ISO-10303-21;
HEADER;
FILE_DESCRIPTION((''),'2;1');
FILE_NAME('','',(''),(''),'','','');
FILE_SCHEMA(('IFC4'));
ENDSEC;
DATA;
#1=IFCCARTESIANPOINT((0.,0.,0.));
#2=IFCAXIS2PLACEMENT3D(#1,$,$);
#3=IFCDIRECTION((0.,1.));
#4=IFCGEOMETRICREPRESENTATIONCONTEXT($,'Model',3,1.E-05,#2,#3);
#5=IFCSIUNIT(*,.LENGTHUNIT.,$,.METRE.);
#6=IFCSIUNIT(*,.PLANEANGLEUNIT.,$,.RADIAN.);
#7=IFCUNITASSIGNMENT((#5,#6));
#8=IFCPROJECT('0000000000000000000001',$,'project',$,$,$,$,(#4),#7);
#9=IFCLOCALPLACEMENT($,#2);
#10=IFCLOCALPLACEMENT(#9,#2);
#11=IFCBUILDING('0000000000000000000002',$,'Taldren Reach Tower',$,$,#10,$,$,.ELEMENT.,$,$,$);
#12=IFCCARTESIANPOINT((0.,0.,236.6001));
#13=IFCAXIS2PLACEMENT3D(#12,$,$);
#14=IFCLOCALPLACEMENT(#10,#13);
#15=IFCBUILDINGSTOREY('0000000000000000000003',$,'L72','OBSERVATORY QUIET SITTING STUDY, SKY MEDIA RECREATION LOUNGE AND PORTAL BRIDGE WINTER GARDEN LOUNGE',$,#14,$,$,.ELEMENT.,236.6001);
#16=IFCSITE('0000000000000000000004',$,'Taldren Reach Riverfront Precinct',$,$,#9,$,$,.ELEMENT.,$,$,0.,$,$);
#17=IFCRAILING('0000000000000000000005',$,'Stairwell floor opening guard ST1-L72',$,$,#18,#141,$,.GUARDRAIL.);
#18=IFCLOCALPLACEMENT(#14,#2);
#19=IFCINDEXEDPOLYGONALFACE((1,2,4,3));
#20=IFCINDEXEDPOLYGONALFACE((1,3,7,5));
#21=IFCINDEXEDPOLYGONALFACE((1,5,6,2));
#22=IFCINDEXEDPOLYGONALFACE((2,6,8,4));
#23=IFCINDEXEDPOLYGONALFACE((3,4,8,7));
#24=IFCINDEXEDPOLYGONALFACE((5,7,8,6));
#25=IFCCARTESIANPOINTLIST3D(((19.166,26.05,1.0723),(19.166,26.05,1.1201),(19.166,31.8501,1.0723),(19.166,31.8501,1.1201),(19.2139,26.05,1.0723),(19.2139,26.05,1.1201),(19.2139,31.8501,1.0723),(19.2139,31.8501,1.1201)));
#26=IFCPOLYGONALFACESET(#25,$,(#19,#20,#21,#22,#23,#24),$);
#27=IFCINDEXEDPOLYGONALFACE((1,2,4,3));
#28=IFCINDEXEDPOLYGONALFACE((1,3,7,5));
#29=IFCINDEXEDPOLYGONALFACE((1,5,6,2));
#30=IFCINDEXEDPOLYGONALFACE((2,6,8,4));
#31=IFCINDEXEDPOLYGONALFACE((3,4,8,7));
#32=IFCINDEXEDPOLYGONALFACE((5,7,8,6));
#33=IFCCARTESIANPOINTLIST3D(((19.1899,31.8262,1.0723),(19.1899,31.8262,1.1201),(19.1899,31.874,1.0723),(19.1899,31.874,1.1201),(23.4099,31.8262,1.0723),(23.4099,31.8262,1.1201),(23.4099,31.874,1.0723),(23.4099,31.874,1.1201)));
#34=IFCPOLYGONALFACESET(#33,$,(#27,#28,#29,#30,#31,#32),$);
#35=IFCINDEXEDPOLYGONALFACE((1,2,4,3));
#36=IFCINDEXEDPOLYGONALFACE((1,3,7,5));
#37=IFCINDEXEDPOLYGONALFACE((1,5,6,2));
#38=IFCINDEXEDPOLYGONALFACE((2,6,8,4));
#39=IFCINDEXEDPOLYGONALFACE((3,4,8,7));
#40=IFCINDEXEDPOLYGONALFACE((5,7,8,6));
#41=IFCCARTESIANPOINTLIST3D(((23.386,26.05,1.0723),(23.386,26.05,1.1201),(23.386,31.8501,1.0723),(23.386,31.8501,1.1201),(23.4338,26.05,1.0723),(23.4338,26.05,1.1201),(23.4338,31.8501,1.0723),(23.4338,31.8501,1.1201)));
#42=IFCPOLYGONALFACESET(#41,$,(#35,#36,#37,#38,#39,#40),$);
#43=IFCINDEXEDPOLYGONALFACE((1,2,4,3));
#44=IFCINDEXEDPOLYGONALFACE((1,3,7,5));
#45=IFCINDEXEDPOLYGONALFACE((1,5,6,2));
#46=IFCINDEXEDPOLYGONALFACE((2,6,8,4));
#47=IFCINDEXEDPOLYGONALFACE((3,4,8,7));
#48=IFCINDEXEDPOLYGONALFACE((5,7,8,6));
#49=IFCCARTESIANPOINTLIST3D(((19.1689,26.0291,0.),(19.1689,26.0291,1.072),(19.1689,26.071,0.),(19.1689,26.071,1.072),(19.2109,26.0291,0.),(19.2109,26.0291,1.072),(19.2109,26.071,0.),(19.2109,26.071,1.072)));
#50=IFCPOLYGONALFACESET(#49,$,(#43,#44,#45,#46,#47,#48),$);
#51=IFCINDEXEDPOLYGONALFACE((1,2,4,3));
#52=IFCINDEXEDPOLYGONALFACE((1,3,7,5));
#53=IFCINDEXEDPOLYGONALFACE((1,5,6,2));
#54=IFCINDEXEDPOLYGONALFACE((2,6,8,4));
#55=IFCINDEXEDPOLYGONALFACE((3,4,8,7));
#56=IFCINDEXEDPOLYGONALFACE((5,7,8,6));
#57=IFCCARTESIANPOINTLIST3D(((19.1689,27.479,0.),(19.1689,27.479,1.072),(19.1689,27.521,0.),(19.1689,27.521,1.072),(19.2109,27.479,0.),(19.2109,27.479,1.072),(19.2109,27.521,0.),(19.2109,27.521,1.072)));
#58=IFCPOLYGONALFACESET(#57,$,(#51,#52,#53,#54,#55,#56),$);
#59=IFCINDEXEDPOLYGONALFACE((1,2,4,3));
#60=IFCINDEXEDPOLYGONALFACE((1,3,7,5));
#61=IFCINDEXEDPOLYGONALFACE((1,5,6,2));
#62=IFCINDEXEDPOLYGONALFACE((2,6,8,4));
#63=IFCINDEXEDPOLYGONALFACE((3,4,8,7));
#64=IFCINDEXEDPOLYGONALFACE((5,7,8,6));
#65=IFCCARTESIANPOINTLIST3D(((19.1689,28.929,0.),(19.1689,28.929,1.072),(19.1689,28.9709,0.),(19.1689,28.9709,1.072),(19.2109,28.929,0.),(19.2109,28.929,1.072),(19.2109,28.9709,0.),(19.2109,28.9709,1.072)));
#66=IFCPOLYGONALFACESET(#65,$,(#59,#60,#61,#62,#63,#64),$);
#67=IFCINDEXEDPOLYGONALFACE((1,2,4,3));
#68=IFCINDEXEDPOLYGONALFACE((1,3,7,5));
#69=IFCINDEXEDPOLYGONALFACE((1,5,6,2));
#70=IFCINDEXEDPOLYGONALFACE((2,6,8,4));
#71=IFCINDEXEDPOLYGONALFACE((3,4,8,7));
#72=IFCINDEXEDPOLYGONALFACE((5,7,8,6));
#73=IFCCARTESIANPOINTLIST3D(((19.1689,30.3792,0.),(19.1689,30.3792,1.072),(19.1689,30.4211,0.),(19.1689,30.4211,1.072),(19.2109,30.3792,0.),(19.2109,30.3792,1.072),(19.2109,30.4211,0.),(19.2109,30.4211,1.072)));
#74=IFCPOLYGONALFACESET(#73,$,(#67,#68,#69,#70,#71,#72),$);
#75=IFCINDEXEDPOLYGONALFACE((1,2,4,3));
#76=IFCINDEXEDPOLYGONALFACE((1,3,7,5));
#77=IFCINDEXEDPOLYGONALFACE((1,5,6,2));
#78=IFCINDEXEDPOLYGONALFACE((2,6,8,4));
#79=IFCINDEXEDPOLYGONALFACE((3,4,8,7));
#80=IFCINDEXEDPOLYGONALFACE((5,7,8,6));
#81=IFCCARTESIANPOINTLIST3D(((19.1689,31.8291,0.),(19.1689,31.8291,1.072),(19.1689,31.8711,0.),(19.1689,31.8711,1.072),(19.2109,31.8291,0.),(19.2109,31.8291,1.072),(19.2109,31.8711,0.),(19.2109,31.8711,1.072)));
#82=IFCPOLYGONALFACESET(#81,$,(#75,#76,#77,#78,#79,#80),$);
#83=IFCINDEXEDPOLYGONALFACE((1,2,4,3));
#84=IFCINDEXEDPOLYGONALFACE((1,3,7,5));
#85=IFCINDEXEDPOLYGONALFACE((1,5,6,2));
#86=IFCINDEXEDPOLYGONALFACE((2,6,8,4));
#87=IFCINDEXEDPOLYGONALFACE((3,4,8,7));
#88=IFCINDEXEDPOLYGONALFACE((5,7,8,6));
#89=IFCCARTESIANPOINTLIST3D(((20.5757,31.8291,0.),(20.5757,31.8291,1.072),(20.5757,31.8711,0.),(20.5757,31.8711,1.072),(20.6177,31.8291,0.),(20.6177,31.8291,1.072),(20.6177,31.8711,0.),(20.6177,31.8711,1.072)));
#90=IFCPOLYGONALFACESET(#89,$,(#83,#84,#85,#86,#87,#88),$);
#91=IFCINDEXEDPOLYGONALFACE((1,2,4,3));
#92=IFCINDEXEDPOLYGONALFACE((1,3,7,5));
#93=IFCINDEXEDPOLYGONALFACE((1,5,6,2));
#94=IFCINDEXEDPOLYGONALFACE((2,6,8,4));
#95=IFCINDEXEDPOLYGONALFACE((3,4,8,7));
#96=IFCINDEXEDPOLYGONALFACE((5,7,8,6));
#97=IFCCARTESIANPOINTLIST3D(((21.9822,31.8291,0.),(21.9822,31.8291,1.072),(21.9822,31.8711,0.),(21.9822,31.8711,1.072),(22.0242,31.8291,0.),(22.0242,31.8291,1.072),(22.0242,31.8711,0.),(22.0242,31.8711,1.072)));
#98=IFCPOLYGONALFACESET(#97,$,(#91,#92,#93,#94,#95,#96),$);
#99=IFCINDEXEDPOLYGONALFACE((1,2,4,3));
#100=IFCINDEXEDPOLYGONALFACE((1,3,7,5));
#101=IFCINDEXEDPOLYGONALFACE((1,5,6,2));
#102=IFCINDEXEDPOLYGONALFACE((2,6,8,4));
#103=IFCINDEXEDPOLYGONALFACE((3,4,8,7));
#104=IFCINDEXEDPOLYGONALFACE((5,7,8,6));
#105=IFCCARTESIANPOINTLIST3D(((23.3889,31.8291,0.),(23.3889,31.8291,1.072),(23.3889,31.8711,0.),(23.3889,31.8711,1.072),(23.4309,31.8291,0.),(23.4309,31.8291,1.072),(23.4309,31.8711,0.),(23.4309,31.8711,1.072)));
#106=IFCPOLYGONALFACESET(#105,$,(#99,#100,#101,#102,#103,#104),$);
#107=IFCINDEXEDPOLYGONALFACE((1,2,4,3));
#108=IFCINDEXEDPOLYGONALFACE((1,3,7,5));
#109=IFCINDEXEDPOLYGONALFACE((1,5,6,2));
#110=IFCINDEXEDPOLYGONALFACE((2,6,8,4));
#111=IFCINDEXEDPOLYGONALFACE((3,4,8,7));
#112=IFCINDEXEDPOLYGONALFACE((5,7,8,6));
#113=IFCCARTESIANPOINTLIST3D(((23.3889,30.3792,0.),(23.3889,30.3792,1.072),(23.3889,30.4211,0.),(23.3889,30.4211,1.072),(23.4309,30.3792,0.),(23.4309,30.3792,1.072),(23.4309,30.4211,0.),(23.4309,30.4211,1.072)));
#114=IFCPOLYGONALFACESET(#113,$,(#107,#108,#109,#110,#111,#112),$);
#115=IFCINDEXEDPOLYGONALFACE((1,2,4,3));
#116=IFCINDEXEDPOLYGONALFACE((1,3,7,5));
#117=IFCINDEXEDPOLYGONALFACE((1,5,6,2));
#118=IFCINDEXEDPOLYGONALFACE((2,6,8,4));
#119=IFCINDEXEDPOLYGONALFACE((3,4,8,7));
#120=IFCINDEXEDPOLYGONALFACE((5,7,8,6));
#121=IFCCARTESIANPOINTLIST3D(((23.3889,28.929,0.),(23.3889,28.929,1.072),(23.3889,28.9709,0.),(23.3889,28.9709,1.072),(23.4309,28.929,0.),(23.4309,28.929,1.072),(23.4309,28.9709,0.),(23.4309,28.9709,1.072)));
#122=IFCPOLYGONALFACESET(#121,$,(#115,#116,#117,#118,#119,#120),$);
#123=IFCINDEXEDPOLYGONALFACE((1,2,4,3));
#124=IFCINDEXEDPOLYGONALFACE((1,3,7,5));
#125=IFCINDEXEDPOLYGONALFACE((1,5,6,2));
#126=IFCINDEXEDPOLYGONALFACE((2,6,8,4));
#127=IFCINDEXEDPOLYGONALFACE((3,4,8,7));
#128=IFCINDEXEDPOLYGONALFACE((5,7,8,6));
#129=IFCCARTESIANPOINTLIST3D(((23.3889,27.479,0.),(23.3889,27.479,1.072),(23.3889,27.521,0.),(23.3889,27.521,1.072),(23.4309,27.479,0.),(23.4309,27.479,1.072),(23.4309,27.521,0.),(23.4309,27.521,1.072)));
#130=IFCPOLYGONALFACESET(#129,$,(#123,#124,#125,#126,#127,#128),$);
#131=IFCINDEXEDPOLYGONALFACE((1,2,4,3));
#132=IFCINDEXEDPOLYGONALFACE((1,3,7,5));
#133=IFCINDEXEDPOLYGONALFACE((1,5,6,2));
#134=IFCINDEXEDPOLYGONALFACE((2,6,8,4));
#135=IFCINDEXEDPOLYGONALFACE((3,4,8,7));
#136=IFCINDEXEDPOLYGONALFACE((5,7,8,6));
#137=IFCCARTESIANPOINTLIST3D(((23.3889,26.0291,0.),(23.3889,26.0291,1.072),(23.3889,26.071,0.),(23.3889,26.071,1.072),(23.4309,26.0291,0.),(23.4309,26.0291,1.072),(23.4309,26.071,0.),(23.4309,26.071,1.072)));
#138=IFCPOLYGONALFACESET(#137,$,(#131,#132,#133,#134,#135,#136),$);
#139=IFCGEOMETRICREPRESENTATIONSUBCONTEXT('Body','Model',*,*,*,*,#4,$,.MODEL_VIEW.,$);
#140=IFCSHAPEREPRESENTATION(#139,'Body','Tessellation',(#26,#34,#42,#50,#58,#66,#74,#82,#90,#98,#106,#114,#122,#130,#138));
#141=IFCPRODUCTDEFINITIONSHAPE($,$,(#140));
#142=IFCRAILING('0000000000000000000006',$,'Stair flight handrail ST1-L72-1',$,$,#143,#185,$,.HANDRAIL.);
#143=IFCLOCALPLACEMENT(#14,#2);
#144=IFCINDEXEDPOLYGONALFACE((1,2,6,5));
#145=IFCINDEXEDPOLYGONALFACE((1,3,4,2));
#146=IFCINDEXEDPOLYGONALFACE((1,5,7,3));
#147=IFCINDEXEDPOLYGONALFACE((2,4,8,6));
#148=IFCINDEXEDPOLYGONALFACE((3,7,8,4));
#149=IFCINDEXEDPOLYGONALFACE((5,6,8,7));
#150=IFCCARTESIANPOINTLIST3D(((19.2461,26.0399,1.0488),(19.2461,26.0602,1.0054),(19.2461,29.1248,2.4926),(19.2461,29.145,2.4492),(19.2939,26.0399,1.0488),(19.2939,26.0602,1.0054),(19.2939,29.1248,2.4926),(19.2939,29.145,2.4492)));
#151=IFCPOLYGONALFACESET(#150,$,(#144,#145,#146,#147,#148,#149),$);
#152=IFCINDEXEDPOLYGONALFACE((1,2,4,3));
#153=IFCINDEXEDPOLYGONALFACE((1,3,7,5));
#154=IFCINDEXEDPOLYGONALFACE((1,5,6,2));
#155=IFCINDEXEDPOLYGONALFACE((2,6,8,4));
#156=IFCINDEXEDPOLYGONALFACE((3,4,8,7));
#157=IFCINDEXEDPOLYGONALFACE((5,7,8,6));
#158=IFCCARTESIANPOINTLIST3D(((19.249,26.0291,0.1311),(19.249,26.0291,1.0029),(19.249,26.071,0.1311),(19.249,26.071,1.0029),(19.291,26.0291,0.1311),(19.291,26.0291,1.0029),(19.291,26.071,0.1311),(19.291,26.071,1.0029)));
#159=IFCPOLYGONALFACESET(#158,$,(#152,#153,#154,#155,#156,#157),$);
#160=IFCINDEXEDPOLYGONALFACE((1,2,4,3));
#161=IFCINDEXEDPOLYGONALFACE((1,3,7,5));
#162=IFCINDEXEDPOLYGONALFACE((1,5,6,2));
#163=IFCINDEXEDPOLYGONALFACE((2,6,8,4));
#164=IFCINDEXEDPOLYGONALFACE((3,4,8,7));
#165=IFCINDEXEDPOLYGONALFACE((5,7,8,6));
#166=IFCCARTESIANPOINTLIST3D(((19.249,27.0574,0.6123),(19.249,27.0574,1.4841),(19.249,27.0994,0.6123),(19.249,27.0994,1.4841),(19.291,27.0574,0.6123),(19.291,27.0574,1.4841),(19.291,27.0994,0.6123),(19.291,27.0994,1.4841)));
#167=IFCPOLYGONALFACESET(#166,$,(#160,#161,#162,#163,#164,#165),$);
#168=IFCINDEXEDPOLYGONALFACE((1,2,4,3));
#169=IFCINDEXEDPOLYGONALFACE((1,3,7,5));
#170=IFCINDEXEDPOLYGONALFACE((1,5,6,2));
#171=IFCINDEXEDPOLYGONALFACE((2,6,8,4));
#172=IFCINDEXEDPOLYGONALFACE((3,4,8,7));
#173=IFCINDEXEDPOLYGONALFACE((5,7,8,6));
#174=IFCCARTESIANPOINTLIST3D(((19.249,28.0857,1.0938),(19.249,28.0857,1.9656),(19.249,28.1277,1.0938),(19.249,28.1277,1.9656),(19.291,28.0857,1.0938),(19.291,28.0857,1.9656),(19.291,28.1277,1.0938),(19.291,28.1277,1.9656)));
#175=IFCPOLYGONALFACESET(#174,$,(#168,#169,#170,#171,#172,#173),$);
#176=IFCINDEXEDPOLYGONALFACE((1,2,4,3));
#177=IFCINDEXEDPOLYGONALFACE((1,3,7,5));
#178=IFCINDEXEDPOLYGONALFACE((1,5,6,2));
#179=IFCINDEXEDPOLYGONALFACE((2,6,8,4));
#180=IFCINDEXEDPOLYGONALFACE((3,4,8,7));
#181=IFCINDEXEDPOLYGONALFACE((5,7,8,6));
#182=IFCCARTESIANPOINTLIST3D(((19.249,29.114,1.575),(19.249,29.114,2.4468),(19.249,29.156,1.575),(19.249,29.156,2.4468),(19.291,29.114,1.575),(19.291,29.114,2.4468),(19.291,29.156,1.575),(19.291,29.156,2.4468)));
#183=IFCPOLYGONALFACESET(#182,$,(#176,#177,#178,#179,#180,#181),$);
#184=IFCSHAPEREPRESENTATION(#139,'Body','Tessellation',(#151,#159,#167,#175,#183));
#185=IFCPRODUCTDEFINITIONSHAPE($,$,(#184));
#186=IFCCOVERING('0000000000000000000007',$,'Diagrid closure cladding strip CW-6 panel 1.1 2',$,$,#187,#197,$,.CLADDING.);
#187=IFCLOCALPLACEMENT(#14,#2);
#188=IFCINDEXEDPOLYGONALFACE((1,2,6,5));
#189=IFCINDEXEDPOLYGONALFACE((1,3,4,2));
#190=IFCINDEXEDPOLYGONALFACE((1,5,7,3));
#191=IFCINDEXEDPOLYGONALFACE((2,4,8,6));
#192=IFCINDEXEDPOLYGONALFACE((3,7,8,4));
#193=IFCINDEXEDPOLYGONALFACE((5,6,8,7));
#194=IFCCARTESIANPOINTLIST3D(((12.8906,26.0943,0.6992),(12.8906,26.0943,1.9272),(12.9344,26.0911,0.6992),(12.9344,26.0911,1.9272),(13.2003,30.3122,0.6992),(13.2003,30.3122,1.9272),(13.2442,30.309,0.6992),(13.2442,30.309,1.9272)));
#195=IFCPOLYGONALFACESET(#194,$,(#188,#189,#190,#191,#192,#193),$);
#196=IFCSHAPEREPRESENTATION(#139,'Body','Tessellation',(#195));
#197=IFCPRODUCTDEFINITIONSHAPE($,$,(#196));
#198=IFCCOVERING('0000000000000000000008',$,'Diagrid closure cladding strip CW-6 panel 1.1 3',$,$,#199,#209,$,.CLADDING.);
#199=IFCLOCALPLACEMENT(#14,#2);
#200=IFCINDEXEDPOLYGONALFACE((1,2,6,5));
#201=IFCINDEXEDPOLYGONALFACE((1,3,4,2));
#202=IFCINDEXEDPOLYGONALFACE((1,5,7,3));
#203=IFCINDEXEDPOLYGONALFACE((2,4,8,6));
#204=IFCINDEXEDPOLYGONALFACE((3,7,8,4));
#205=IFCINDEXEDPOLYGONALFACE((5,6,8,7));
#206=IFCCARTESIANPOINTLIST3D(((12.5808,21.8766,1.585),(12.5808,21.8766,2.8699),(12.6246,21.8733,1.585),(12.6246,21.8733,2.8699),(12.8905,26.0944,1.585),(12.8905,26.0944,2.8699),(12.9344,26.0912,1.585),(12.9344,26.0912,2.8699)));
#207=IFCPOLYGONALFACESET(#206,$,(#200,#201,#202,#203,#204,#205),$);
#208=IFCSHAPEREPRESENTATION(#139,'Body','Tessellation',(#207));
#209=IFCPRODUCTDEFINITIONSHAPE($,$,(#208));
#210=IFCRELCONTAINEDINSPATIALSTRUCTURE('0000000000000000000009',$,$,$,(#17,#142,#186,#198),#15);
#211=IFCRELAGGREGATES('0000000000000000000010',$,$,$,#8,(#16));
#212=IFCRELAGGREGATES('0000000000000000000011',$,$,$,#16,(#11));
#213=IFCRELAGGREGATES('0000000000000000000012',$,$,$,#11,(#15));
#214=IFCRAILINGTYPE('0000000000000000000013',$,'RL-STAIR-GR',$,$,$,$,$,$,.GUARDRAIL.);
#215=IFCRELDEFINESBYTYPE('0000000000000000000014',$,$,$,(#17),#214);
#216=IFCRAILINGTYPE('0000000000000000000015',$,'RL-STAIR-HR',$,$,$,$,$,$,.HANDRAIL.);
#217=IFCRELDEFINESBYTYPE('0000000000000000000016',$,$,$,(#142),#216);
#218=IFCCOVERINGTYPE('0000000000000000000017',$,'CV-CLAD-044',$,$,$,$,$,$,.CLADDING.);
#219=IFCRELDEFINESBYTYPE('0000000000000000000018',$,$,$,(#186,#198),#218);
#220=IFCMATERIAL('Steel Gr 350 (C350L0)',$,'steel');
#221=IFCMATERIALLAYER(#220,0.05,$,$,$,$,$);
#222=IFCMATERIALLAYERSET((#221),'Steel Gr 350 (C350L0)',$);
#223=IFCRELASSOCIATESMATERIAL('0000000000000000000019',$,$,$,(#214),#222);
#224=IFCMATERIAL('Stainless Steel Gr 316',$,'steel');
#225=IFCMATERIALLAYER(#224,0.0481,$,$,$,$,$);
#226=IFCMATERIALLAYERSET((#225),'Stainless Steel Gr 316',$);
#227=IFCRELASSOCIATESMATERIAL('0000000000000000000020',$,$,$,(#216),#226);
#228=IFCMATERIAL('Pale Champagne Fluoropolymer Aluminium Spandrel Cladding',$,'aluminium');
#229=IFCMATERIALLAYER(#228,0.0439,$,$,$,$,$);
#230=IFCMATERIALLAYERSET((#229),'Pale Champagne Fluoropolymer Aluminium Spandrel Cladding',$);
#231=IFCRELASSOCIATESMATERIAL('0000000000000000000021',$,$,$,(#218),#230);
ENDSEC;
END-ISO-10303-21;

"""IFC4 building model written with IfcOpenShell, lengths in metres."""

from ifc_helpers import new_model, si_unit, direction, frame, origin, origin_2d, place, context, subcontext, project, spatial, rectangle, extrude, source, transform, mapped, material, layer, layer_set, type_object, element, save


model = new_model("IFC4")

# Units and contexts
model_context = context("Model", 3, precision=1e-05, world=origin(), true_north=direction((0.0, 1.0)))
body_context = subcontext(model_context, "Body", "Model", "MODEL_VIEW")
ifc_project = project(units=[si_unit("LENGTHUNIT", "METRE"), si_unit("PLANEANGLEUNIT", "RADIAN")], contexts=[model_context])

# Site, building, storey
site_placement = place(None, origin())
site = spatial("IfcSite", under=ifc_project, at=site_placement, Name="Taldren Reach Riverfront Precinct", CompositionType="ELEMENT", RefElevation=0.0)
building_placement = place(site_placement, origin())
building = spatial("IfcBuilding", under=site, at=building_placement, Name="Taldren Reach Tower", CompositionType="ELEMENT")
storey_placement = place(building_placement, frame((0.0, 0.0, 236.6001)))
storey = spatial("IfcBuildingStorey", under=building, at=storey_placement, Name="L72", Description="OBSERVATORY QUIET SITTING STUDY, SKY MEDIA RECREATION LOUNGE AND PORTAL BRIDGE WINTER GARDEN LOUNGE", CompositionType="ELEMENT", Elevation=236.6001)

# Shared definitions
ifc_material_1 = material(Name="Steel Gr 350 (C350L0)", Category="steel")

# Railings
ifc_layer_1 = layer(ifc_material_1, 0.05)
ifc_layer_set_1 = layer_set([ifc_layer_1], Name="Steel Gr 350 (C350L0)")
railing_type_1 = type_object("IfcRailingType", Name="RL-STAIR-GR", PredefinedType="GUARDRAIL", material=ifc_layer_set_1)
railing_1_placement = place(storey_placement, frame((19.1899, 26.05, 0.0)))
element("IfcRailing", 1, at=railing_1_placement, inside=storey, type_object=railing_type_1, Name="Stairwell floor opening guard ST1-L72", PredefinedType="GUARDRAIL", context=body_context, shape_type="SweptSolid", body=[
    extrude(rectangle(XDim=0.0479, YDim=0.0479, at=origin_2d()), frame((0.0, 0.0, 1.0962), z_axis=(0.0, 1.0, 0.0), x_axis=(-1.0, 0.0, 0.0)), (0.0, 0.0, 1.0), 5.8),
    extrude(rectangle(XDim=0.0479, YDim=0.0479, at=origin_2d()), frame((0.0, 5.8, 1.0962), z_axis=(1.0, 0.0, 0.0), x_axis=(0.0, 1.0, 0.0)), (0.0, 0.0, 1.0), 4.22),
    extrude(rectangle(XDim=0.0479, YDim=0.0479, at=origin_2d()), frame((4.22, 5.8, 1.0962), z_axis=(0.0, -1.0, 0.0), x_axis=(1.0, 0.0, 0.0)), (0.0, 0.0, 1.0), 5.8),
    extrude(rectangle(XDim=0.042, YDim=0.042, at=origin_2d()), origin(), (0.0, 0.0, 1.0), 1.072),
    extrude(rectangle(XDim=0.042, YDim=0.042, at=origin_2d()), frame((0.0, 1.45, 0.0)), (0.0, 0.0, 1.0), 1.072),
    extrude(rectangle(XDim=0.042, YDim=0.042, at=origin_2d()), frame((0.0, 2.8999, 0.0)), (0.0, 0.0, 1.0), 1.072),
    extrude(rectangle(XDim=0.042, YDim=0.042, at=origin_2d()), frame((0.0, 4.3501, 0.0)), (0.0, 0.0, 1.0), 1.072),
    extrude(rectangle(XDim=0.042, YDim=0.042, at=origin_2d()), frame((0.0, 5.8, 0.0)), (0.0, 0.0, 1.0), 1.072),
    extrude(rectangle(XDim=0.042, YDim=0.042, at=origin_2d()), frame((1.4067, 5.8, 0.0)), (0.0, 0.0, 1.0), 1.072),
    extrude(rectangle(XDim=0.042, YDim=0.042, at=origin_2d()), frame((2.8132, 5.8, 0.0)), (0.0, 0.0, 1.0), 1.072),
    extrude(rectangle(XDim=0.042, YDim=0.042, at=origin_2d()), frame((4.22, 5.8, 0.0)), (0.0, 0.0, 1.0), 1.072),
    extrude(rectangle(XDim=0.042, YDim=0.042, at=origin_2d()), frame((4.22, 4.3501, 0.0)), (0.0, 0.0, 1.0), 1.072),
    extrude(rectangle(XDim=0.042, YDim=0.042, at=origin_2d()), frame((4.22, 2.8999, 0.0)), (0.0, 0.0, 1.0), 1.072),
    extrude(rectangle(XDim=0.042, YDim=0.042, at=origin_2d()), frame((4.22, 1.45, 0.0)), (0.0, 0.0, 1.0), 1.072),
    extrude(rectangle(XDim=0.042, YDim=0.042, at=origin_2d()), frame((4.22, 0.0, 0.0)), (0.0, 0.0, 1.0), 1.072),
])
ifc_material_2 = material(Name="Stainless Steel Gr 316", Category="steel")
ifc_layer_2 = layer(ifc_material_2, 0.0481)
ifc_layer_set_2 = layer_set([ifc_layer_2], Name="Stainless Steel Gr 316")
railing_type_2 = type_object("IfcRailingType", Name="RL-STAIR-HR", PredefinedType="HANDRAIL", material=ifc_layer_set_2)
railing_2_placement = place(storey_placement, frame((19.27, 26.05, 0.1311)))
element("IfcRailing", 2, at=railing_2_placement, inside=storey, type_object=railing_type_2, Name="Stair flight handrail ST1-L72-1", PredefinedType="HANDRAIL", context=body_context, shape_type="SweptSolid", body=[
    extrude(rectangle(XDim=0.0479, YDim=0.0479, at=origin_2d()), frame((0.0, 0.0, 0.896), z_axis=(0.0, 0.90571, 0.423898), x_axis=(-1.0, 0.0, 0.0)), (0.0, 0.0, 1.0), 3.406),
    extrude(rectangle(XDim=0.042, YDim=0.042, at=origin_2d()), origin(), (0.0, 0.0, 1.0), 0.8718),
    extrude(rectangle(XDim=0.042, YDim=0.042, at=origin_2d()), frame((0.0, 1.0283, 0.4812)), (0.0, 0.0, 1.0), 0.8718),
    extrude(rectangle(XDim=0.042, YDim=0.042, at=origin_2d()), frame((0.0, 2.0566, 0.9626)), (0.0, 0.0, 1.0), 0.8718),
    extrude(rectangle(XDim=0.042, YDim=0.042, at=origin_2d()), frame((0.0, 3.085, 1.4438)), (0.0, 0.0, 1.0), 0.8718),
])

# Coverings
ifc_material_3 = material(Name="Pale Champagne Fluoropolymer Aluminium Spandrel Cladding", Category="aluminium")
ifc_layer_3 = layer(ifc_material_3, 0.0439)
ifc_layer_set_3 = layer_set([ifc_layer_3], Name="Pale Champagne Fluoropolymer Aluminium Spandrel Cladding")
covering_type = type_object("IfcCoveringType", Name="CV-CLAD-044", PredefinedType="CLADDING", material=ifc_layer_set_3)
shared_shape_1 = source(origin(), body_context, "Body", "SweptSolid", [
    extrude(rectangle(XDim=4.2292, YDim=0.0439, at=origin_2d()), origin(), (0.0, 0.0, 1.0), 1.228),
])
covering_1_placement = place(storey_placement, frame((13.0674, 28.2017, 0.6992), z_axis=(0.0, 0.0, 1.0), x_axis=(-0.073238, -0.997314, 0.0)))
element("IfcCovering", 3, at=covering_1_placement, inside=storey, type_object=covering_type, Name="Diagrid closure cladding strip CW-6 panel 1.1 2", PredefinedType="CLADDING", context=body_context, shape_type="MappedRepresentation", body=[
    mapped(shared_shape_1, transform((0.0, 0.0, 0.0), scale=1.0)),
])
shared_shape_2 = source(origin(), body_context, "Body", "SweptSolid", [
    extrude(rectangle(XDim=4.2292, YDim=0.0439, at=origin_2d()), origin(), (0.0, 0.0, 1.0), 1.2849),
])
covering_2_placement = place(storey_placement, frame((12.7576, 23.9839, 1.585), z_axis=(0.0, 0.0, 1.0), x_axis=(-0.073238, -0.997314, 0.0)))
element("IfcCovering", 4, at=covering_2_placement, inside=storey, type_object=covering_type, Name="Diagrid closure cladding strip CW-6 panel 1.1 3", PredefinedType="CLADDING", context=body_context, shape_type="MappedRepresentation", body=[
    mapped(shared_shape_2, transform((0.0, 0.0, 0.0), scale=1.0)),
])

save(model, "model.ifc")
